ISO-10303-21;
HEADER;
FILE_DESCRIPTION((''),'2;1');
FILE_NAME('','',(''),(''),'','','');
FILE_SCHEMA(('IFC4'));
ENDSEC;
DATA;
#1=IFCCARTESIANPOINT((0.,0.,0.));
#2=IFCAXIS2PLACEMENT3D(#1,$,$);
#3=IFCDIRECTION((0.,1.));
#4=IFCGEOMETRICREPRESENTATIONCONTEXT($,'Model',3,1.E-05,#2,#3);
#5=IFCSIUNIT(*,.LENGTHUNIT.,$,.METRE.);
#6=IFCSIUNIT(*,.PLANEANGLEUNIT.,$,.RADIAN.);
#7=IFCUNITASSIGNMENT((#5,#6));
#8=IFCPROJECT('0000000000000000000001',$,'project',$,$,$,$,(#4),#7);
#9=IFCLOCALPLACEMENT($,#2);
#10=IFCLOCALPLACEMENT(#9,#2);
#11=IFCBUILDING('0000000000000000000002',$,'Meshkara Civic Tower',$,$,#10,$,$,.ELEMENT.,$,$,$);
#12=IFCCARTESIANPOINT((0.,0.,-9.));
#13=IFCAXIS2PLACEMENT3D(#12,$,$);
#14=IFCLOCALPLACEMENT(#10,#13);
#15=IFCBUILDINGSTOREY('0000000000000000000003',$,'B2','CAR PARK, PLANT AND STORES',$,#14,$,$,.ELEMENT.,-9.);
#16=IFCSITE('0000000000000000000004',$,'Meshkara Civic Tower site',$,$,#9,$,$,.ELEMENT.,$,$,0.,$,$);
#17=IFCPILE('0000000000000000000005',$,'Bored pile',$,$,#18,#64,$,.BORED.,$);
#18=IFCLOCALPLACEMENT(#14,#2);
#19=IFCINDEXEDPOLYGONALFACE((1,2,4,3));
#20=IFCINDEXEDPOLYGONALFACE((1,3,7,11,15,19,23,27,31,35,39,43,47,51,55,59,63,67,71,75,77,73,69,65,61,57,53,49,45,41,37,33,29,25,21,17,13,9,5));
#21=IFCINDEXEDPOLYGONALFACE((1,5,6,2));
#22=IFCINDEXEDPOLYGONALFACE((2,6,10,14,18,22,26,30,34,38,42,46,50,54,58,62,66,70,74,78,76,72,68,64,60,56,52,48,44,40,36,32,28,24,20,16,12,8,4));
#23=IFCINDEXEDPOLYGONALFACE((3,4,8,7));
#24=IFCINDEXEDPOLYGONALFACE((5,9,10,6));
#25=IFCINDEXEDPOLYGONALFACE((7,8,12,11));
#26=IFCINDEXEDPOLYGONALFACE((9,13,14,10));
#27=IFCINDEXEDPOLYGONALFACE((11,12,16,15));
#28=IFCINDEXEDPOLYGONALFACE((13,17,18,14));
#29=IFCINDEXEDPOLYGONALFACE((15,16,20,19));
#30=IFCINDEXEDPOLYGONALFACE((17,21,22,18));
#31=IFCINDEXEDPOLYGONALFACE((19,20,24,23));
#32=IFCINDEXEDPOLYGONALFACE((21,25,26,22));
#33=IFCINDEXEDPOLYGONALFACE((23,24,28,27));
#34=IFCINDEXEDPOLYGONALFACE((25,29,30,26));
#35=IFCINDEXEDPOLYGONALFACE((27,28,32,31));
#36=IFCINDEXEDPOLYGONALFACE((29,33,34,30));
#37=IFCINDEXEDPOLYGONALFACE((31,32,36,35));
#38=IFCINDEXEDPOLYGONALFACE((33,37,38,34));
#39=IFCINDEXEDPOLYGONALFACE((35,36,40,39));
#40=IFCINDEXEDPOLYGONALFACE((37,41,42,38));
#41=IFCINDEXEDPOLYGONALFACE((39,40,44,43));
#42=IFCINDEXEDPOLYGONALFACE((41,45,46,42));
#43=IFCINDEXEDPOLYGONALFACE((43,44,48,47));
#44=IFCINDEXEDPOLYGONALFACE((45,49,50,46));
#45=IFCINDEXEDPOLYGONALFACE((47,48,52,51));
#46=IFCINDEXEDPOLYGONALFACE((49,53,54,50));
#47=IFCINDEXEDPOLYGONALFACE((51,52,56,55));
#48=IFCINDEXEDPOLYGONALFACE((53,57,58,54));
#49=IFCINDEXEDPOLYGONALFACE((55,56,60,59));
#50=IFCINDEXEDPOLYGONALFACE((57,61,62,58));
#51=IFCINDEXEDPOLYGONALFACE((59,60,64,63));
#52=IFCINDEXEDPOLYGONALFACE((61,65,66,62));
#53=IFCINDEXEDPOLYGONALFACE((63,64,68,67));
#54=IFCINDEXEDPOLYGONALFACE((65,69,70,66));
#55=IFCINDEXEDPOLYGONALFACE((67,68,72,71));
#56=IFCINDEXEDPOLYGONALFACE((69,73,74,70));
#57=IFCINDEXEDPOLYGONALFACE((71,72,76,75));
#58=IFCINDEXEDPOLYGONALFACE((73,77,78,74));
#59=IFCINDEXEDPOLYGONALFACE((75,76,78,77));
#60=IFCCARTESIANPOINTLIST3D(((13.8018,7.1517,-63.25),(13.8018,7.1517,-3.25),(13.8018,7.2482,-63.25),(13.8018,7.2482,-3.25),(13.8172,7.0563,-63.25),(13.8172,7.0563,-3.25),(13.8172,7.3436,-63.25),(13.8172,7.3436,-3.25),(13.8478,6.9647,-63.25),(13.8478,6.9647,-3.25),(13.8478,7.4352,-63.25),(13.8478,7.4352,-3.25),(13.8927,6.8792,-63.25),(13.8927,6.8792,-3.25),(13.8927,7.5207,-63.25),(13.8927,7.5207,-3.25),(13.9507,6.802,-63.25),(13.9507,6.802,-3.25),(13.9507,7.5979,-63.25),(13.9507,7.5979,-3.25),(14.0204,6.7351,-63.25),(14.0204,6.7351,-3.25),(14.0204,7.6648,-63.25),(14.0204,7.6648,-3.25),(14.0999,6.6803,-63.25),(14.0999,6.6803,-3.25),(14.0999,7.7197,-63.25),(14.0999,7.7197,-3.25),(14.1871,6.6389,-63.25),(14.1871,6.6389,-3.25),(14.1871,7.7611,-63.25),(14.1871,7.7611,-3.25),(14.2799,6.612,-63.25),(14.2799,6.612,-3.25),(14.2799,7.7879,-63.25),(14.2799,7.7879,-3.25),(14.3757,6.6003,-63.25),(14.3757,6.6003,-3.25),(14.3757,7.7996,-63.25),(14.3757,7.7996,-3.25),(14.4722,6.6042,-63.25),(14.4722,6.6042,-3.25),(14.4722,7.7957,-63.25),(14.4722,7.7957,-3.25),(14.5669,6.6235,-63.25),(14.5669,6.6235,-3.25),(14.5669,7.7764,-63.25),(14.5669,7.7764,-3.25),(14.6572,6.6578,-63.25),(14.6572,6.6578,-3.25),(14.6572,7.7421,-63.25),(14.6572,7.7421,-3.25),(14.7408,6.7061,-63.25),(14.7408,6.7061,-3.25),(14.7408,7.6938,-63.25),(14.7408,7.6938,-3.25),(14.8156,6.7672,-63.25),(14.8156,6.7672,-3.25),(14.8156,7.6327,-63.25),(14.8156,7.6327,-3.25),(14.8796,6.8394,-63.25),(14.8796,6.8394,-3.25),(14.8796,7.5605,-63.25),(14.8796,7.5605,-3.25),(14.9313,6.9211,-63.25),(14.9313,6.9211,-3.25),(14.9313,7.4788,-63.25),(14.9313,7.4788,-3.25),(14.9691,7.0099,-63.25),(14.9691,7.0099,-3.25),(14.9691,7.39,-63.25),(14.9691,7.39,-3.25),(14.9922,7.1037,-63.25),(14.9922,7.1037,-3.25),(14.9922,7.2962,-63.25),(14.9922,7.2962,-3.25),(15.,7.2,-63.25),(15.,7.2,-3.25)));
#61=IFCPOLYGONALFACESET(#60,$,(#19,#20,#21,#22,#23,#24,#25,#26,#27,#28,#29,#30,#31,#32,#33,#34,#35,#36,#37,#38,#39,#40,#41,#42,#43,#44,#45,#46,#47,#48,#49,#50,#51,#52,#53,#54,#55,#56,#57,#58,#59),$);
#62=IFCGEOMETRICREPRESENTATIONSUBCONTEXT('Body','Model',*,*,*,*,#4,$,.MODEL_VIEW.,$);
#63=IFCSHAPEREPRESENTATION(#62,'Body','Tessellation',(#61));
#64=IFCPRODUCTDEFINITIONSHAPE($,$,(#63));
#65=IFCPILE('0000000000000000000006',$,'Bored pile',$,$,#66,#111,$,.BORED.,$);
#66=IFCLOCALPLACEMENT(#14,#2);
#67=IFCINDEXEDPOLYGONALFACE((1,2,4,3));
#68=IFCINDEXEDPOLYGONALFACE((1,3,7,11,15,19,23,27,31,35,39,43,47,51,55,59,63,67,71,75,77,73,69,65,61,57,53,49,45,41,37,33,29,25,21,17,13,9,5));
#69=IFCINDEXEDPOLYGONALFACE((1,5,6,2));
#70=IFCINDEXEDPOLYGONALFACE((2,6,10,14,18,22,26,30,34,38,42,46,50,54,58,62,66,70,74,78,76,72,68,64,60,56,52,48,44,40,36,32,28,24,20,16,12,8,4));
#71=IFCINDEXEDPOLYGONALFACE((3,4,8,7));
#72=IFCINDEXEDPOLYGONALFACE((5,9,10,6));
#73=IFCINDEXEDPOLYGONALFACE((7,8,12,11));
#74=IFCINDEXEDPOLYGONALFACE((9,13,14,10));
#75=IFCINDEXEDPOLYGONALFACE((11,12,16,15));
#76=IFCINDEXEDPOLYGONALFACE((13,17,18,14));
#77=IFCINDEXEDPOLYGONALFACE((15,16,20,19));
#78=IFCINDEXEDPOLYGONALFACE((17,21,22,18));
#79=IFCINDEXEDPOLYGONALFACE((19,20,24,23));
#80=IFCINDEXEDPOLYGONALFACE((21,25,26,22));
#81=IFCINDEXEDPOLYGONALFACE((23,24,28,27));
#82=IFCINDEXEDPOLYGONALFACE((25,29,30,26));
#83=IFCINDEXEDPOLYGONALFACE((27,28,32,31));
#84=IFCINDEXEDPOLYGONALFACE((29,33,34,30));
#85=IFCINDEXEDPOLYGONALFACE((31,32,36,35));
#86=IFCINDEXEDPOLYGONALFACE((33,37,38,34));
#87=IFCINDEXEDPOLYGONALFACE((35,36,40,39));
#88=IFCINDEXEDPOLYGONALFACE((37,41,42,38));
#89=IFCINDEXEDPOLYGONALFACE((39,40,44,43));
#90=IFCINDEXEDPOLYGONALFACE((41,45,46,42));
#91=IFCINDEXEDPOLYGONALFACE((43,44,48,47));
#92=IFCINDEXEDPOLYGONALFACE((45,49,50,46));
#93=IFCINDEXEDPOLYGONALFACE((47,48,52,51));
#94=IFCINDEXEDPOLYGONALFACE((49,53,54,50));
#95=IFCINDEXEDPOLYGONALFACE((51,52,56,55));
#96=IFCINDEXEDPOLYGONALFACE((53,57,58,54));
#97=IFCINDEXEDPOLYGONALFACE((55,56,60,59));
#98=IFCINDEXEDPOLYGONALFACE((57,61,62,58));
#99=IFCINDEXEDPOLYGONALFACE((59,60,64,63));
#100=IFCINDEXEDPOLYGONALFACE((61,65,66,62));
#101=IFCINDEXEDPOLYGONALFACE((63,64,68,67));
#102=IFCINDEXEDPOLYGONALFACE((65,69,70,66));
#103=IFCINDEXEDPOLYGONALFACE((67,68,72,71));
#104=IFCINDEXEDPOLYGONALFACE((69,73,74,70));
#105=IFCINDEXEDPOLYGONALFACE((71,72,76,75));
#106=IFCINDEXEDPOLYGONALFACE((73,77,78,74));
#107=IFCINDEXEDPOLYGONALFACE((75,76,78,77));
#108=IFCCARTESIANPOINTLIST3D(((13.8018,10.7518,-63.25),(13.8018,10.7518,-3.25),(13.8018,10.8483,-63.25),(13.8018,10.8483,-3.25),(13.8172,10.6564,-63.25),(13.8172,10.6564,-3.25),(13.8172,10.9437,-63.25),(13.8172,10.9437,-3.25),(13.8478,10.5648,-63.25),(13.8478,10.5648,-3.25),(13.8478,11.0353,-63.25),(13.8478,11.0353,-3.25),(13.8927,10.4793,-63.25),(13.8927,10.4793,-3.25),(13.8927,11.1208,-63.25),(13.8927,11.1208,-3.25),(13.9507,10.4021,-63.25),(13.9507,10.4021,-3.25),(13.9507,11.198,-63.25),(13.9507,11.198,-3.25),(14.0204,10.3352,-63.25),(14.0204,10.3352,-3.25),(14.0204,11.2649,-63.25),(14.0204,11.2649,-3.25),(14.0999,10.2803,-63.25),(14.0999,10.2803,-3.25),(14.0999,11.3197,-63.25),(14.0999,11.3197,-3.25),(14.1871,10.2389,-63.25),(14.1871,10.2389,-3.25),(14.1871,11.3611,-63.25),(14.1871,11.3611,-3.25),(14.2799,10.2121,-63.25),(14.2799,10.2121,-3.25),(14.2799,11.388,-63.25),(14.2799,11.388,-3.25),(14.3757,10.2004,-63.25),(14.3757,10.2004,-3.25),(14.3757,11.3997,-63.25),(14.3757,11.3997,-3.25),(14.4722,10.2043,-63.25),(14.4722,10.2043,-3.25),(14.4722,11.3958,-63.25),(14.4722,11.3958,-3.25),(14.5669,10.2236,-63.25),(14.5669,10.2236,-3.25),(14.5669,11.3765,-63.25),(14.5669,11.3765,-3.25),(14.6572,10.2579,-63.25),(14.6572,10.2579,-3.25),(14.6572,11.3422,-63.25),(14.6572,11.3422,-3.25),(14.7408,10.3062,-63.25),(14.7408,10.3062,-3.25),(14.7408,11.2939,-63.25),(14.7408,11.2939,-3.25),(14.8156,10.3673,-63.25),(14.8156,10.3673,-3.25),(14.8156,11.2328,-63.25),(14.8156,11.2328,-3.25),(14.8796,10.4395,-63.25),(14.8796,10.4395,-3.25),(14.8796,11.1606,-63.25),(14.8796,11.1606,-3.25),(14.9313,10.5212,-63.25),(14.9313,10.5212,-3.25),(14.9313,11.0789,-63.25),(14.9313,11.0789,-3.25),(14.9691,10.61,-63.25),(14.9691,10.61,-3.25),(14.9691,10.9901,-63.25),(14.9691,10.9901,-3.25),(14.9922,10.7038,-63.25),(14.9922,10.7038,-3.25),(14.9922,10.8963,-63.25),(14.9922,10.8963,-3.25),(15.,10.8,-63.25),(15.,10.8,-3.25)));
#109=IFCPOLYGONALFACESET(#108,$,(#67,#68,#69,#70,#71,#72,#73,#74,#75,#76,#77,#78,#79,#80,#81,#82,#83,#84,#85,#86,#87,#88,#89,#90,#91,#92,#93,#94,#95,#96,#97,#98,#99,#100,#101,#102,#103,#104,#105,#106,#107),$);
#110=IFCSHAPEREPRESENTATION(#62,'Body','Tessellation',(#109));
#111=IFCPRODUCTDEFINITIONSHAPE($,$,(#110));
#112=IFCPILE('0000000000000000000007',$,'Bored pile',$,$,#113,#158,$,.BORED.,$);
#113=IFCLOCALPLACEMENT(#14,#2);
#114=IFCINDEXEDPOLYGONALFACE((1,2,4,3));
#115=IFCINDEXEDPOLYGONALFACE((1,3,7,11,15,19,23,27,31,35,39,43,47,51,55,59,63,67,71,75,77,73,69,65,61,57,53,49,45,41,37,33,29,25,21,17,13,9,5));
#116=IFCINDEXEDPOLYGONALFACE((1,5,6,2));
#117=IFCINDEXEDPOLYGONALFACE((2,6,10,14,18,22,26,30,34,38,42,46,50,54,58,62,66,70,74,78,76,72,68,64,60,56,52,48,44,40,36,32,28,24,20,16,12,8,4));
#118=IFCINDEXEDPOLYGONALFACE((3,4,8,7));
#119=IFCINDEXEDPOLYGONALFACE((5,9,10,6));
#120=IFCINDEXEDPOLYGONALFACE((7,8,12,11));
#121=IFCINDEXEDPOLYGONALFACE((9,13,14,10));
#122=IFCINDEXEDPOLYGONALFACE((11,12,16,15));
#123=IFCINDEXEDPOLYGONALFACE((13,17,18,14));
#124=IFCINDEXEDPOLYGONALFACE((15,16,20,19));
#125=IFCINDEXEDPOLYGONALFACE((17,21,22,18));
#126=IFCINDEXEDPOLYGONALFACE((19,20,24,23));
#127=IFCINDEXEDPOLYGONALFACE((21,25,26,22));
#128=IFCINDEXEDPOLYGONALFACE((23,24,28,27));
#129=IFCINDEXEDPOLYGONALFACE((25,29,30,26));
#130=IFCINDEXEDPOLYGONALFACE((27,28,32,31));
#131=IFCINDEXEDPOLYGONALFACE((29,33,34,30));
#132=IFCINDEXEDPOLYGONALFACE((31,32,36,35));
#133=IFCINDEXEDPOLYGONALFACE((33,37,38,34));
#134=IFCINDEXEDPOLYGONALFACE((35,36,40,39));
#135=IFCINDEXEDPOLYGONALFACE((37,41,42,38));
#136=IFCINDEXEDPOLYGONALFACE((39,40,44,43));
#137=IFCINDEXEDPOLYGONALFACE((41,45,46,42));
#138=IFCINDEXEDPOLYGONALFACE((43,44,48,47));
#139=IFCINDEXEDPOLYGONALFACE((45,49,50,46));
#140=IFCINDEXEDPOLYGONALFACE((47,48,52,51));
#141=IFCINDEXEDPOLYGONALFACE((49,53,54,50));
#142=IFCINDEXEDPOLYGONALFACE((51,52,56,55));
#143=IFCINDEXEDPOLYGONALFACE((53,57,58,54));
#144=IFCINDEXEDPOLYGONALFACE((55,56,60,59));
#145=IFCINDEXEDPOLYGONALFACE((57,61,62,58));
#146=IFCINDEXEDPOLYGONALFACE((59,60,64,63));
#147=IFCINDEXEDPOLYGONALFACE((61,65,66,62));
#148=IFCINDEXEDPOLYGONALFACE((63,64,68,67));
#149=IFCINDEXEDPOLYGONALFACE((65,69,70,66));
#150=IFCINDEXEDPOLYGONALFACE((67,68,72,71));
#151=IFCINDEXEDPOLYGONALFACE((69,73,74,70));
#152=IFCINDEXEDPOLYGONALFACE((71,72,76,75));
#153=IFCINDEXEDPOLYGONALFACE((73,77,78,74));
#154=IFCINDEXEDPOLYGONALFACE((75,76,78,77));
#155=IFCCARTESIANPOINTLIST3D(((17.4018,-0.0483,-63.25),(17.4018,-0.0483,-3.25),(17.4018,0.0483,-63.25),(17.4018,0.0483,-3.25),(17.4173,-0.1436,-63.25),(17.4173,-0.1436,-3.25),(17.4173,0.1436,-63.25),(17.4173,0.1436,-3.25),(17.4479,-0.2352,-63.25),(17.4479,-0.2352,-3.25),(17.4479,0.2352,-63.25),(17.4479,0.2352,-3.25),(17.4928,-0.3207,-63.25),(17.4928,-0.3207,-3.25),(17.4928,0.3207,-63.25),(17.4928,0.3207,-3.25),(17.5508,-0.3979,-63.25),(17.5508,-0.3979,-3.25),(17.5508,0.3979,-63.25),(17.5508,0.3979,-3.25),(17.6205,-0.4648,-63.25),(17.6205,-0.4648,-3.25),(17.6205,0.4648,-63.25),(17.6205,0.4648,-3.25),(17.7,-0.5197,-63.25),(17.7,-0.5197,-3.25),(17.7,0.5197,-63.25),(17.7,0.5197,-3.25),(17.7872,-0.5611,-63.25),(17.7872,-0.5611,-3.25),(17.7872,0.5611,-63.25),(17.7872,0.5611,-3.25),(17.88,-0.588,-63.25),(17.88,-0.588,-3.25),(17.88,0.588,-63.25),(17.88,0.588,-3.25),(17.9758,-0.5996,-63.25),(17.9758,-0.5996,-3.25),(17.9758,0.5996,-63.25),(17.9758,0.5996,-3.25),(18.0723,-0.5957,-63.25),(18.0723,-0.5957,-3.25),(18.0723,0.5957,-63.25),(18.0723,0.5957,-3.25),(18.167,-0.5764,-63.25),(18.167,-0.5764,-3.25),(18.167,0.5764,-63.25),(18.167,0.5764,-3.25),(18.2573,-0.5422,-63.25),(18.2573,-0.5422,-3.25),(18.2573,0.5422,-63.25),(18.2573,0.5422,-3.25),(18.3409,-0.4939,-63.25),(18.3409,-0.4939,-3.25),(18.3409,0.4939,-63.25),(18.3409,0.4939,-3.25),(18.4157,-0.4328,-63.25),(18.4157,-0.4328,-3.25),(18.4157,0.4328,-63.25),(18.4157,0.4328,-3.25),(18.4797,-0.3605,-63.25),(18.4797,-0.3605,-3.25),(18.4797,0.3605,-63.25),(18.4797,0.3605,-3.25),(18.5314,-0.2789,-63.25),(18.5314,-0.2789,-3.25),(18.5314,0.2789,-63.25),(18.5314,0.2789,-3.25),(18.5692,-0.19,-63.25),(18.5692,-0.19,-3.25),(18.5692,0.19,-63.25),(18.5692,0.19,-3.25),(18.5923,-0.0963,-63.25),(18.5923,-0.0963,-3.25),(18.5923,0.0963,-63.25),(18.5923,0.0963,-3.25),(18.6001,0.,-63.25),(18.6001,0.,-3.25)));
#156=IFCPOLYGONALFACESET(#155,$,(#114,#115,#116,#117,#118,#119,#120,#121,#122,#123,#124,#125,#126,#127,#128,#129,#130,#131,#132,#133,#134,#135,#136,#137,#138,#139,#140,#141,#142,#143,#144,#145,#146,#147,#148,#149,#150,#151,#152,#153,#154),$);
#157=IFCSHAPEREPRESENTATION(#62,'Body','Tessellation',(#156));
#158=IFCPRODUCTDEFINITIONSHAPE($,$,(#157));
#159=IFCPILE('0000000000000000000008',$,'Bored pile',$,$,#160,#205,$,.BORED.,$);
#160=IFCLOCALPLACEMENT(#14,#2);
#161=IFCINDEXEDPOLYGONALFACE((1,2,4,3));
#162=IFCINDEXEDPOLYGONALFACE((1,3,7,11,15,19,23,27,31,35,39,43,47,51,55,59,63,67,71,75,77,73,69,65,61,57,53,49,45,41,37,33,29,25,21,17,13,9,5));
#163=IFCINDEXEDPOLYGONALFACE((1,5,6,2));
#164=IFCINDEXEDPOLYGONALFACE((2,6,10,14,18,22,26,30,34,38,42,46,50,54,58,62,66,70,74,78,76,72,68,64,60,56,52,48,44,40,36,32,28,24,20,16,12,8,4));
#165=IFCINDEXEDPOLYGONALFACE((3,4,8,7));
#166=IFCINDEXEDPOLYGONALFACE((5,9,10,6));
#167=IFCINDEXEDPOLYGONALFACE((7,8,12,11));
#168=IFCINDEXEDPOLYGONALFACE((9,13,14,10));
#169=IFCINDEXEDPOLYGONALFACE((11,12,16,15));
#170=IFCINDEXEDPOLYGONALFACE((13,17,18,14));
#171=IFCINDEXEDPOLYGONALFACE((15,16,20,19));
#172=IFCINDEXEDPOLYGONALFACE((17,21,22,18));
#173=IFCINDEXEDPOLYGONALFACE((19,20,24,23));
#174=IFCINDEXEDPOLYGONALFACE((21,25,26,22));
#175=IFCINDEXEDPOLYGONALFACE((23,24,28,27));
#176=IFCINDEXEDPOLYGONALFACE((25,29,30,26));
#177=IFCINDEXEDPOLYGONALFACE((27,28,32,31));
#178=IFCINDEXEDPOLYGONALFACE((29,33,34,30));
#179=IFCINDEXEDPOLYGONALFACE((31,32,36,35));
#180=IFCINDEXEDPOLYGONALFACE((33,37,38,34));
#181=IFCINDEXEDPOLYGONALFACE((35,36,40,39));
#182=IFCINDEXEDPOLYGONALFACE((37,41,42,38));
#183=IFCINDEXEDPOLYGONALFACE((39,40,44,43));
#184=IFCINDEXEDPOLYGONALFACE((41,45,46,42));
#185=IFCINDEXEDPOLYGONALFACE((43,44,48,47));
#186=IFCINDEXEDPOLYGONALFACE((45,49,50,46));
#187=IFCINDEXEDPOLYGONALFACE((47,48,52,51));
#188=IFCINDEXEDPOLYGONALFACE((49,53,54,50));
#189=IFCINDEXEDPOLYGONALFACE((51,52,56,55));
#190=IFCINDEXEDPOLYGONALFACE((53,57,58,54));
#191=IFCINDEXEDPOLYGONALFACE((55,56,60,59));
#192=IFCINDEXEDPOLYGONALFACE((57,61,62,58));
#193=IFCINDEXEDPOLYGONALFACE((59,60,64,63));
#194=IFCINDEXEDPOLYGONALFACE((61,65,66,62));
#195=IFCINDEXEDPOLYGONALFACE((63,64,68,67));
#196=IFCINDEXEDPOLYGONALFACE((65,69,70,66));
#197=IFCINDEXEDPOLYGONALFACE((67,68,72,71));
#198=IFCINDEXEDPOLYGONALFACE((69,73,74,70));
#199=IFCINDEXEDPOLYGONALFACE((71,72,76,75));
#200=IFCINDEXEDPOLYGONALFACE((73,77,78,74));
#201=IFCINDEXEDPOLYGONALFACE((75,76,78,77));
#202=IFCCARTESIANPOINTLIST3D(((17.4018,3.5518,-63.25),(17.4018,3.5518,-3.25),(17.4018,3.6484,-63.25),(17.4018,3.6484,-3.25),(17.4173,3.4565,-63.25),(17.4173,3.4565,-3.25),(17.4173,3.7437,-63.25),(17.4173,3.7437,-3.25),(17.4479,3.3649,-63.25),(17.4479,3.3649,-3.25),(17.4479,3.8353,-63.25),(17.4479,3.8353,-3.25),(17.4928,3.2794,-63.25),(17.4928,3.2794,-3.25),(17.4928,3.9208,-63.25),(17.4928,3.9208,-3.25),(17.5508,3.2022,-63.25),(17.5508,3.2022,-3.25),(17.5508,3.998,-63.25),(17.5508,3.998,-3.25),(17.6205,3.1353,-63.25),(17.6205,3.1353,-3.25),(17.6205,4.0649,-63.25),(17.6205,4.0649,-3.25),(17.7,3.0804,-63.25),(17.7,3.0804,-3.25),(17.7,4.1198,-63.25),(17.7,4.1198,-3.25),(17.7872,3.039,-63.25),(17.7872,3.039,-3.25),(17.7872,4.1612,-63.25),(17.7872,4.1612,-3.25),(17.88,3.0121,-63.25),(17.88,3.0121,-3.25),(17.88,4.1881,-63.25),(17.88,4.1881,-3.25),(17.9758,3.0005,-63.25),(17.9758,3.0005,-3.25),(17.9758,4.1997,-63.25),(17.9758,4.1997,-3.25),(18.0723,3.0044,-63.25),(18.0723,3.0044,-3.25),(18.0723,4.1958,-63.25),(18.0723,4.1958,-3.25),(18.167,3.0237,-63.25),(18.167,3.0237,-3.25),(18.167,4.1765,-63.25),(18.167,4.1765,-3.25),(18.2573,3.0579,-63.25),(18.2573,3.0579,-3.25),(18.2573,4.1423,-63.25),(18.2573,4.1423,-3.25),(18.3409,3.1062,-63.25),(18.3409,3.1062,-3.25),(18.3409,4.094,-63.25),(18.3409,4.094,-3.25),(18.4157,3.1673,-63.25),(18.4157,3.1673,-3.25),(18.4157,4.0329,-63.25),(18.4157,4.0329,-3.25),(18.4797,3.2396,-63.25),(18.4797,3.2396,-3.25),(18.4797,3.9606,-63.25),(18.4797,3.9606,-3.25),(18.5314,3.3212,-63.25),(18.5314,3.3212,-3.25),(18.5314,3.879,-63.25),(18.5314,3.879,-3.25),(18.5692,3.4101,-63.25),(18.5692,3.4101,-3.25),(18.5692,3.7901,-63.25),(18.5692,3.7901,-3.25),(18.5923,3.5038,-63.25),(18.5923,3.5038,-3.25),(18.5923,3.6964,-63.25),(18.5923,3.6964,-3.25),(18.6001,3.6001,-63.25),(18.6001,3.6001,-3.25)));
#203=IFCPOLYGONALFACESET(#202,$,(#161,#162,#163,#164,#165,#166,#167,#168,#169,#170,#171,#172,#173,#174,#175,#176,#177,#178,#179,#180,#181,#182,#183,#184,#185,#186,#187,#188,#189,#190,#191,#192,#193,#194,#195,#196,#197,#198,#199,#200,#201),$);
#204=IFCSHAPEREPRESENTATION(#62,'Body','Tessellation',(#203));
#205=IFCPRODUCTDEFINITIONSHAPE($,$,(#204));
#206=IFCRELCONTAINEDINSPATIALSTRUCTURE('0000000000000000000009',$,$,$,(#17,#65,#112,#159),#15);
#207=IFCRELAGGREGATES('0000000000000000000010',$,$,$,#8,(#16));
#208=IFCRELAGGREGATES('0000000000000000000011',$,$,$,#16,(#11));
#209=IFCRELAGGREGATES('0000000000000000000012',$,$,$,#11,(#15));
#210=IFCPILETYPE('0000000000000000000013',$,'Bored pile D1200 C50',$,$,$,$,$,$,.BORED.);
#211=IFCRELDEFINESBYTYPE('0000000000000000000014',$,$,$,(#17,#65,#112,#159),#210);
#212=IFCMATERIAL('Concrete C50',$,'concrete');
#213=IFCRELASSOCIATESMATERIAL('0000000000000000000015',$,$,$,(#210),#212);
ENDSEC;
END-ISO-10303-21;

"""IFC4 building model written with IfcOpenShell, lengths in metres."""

from ifc_helpers import new_model, si_unit, direction, frame, origin, origin_2d, place, context, subcontext, project, spatial, circle, extrude, material, material_profile, profile_set, type_object, element, save


model = new_model("IFC4")

# Units and contexts
model_context = context("Model", 3, precision=1e-05, world=origin(), true_north=direction((0.0, 1.0)))
body_context = subcontext(model_context, "Body", "Model", "MODEL_VIEW")
ifc_project = project(units=[si_unit("LENGTHUNIT", "METRE"), si_unit("PLANEANGLEUNIT", "RADIAN")], contexts=[model_context])

# Site, building, storey
site_placement = place(None, origin())
site = spatial("IfcSite", under=ifc_project, at=site_placement, Name="Meshkara Civic Tower site", CompositionType="ELEMENT", RefElevation=0.0)
building_placement = place(site_placement, origin())
building = spatial("IfcBuilding", under=site, at=building_placement, Name="Meshkara Civic Tower", CompositionType="ELEMENT")
storey_placement = place(building_placement, frame((0.0, 0.0, -9.0)))
storey = spatial("IfcBuildingStorey", under=building, at=storey_placement, Name="B2", Description="CAR PARK, PLANT AND STORES", CompositionType="ELEMENT", Elevation=-9.0)

# Piles
ifc_material_1 = material(Name="Concrete C50", Category="concrete")
ifc_material_profile_1 = material_profile(ifc_material_1, circle(Radius=0.6001, at=origin_2d()))
ifc_profile_set_1 = profile_set([ifc_material_profile_1], Name="Concrete C50")
pile_type = type_object("IfcPileType", Name="Bored pile D1200 C50", PredefinedType="BORED", material=ifc_profile_set_1)
for number, where, z_axis, x_axis, name in (
    (1, (14.3999, 7.2, -3.25), (0.0, 0.0, -1.0), (1.0, 0.0, 0.0), "Bored pile"),
    (2, (14.3999, 10.8, -3.25), (0.0, 0.0, -1.0), (1.0, 0.0, 0.0), "Bored pile"),
    (3, (18.0, 0.0, -3.25), (0.0, 0.0, -1.0), (1.0, 0.0, 0.0), "Bored pile"),
    (4, (18.0, 3.6001, -3.25), (0.0, 0.0, -1.0), (1.0, 0.0, 0.0), "Bored pile"),
):
    element("IfcPile", number, at=place(storey_placement, frame(where, z_axis=z_axis, x_axis=x_axis)), inside=storey, type_object=pile_type, Name=name, PredefinedType="BORED", context=body_context, shape_type="SweptSolid", body=[
        extrude(circle(Radius=0.6001, at=origin_2d()), origin(), (0.0, 0.0, 1.0), 60.0),
    ])

save(model, "model.ifc")
